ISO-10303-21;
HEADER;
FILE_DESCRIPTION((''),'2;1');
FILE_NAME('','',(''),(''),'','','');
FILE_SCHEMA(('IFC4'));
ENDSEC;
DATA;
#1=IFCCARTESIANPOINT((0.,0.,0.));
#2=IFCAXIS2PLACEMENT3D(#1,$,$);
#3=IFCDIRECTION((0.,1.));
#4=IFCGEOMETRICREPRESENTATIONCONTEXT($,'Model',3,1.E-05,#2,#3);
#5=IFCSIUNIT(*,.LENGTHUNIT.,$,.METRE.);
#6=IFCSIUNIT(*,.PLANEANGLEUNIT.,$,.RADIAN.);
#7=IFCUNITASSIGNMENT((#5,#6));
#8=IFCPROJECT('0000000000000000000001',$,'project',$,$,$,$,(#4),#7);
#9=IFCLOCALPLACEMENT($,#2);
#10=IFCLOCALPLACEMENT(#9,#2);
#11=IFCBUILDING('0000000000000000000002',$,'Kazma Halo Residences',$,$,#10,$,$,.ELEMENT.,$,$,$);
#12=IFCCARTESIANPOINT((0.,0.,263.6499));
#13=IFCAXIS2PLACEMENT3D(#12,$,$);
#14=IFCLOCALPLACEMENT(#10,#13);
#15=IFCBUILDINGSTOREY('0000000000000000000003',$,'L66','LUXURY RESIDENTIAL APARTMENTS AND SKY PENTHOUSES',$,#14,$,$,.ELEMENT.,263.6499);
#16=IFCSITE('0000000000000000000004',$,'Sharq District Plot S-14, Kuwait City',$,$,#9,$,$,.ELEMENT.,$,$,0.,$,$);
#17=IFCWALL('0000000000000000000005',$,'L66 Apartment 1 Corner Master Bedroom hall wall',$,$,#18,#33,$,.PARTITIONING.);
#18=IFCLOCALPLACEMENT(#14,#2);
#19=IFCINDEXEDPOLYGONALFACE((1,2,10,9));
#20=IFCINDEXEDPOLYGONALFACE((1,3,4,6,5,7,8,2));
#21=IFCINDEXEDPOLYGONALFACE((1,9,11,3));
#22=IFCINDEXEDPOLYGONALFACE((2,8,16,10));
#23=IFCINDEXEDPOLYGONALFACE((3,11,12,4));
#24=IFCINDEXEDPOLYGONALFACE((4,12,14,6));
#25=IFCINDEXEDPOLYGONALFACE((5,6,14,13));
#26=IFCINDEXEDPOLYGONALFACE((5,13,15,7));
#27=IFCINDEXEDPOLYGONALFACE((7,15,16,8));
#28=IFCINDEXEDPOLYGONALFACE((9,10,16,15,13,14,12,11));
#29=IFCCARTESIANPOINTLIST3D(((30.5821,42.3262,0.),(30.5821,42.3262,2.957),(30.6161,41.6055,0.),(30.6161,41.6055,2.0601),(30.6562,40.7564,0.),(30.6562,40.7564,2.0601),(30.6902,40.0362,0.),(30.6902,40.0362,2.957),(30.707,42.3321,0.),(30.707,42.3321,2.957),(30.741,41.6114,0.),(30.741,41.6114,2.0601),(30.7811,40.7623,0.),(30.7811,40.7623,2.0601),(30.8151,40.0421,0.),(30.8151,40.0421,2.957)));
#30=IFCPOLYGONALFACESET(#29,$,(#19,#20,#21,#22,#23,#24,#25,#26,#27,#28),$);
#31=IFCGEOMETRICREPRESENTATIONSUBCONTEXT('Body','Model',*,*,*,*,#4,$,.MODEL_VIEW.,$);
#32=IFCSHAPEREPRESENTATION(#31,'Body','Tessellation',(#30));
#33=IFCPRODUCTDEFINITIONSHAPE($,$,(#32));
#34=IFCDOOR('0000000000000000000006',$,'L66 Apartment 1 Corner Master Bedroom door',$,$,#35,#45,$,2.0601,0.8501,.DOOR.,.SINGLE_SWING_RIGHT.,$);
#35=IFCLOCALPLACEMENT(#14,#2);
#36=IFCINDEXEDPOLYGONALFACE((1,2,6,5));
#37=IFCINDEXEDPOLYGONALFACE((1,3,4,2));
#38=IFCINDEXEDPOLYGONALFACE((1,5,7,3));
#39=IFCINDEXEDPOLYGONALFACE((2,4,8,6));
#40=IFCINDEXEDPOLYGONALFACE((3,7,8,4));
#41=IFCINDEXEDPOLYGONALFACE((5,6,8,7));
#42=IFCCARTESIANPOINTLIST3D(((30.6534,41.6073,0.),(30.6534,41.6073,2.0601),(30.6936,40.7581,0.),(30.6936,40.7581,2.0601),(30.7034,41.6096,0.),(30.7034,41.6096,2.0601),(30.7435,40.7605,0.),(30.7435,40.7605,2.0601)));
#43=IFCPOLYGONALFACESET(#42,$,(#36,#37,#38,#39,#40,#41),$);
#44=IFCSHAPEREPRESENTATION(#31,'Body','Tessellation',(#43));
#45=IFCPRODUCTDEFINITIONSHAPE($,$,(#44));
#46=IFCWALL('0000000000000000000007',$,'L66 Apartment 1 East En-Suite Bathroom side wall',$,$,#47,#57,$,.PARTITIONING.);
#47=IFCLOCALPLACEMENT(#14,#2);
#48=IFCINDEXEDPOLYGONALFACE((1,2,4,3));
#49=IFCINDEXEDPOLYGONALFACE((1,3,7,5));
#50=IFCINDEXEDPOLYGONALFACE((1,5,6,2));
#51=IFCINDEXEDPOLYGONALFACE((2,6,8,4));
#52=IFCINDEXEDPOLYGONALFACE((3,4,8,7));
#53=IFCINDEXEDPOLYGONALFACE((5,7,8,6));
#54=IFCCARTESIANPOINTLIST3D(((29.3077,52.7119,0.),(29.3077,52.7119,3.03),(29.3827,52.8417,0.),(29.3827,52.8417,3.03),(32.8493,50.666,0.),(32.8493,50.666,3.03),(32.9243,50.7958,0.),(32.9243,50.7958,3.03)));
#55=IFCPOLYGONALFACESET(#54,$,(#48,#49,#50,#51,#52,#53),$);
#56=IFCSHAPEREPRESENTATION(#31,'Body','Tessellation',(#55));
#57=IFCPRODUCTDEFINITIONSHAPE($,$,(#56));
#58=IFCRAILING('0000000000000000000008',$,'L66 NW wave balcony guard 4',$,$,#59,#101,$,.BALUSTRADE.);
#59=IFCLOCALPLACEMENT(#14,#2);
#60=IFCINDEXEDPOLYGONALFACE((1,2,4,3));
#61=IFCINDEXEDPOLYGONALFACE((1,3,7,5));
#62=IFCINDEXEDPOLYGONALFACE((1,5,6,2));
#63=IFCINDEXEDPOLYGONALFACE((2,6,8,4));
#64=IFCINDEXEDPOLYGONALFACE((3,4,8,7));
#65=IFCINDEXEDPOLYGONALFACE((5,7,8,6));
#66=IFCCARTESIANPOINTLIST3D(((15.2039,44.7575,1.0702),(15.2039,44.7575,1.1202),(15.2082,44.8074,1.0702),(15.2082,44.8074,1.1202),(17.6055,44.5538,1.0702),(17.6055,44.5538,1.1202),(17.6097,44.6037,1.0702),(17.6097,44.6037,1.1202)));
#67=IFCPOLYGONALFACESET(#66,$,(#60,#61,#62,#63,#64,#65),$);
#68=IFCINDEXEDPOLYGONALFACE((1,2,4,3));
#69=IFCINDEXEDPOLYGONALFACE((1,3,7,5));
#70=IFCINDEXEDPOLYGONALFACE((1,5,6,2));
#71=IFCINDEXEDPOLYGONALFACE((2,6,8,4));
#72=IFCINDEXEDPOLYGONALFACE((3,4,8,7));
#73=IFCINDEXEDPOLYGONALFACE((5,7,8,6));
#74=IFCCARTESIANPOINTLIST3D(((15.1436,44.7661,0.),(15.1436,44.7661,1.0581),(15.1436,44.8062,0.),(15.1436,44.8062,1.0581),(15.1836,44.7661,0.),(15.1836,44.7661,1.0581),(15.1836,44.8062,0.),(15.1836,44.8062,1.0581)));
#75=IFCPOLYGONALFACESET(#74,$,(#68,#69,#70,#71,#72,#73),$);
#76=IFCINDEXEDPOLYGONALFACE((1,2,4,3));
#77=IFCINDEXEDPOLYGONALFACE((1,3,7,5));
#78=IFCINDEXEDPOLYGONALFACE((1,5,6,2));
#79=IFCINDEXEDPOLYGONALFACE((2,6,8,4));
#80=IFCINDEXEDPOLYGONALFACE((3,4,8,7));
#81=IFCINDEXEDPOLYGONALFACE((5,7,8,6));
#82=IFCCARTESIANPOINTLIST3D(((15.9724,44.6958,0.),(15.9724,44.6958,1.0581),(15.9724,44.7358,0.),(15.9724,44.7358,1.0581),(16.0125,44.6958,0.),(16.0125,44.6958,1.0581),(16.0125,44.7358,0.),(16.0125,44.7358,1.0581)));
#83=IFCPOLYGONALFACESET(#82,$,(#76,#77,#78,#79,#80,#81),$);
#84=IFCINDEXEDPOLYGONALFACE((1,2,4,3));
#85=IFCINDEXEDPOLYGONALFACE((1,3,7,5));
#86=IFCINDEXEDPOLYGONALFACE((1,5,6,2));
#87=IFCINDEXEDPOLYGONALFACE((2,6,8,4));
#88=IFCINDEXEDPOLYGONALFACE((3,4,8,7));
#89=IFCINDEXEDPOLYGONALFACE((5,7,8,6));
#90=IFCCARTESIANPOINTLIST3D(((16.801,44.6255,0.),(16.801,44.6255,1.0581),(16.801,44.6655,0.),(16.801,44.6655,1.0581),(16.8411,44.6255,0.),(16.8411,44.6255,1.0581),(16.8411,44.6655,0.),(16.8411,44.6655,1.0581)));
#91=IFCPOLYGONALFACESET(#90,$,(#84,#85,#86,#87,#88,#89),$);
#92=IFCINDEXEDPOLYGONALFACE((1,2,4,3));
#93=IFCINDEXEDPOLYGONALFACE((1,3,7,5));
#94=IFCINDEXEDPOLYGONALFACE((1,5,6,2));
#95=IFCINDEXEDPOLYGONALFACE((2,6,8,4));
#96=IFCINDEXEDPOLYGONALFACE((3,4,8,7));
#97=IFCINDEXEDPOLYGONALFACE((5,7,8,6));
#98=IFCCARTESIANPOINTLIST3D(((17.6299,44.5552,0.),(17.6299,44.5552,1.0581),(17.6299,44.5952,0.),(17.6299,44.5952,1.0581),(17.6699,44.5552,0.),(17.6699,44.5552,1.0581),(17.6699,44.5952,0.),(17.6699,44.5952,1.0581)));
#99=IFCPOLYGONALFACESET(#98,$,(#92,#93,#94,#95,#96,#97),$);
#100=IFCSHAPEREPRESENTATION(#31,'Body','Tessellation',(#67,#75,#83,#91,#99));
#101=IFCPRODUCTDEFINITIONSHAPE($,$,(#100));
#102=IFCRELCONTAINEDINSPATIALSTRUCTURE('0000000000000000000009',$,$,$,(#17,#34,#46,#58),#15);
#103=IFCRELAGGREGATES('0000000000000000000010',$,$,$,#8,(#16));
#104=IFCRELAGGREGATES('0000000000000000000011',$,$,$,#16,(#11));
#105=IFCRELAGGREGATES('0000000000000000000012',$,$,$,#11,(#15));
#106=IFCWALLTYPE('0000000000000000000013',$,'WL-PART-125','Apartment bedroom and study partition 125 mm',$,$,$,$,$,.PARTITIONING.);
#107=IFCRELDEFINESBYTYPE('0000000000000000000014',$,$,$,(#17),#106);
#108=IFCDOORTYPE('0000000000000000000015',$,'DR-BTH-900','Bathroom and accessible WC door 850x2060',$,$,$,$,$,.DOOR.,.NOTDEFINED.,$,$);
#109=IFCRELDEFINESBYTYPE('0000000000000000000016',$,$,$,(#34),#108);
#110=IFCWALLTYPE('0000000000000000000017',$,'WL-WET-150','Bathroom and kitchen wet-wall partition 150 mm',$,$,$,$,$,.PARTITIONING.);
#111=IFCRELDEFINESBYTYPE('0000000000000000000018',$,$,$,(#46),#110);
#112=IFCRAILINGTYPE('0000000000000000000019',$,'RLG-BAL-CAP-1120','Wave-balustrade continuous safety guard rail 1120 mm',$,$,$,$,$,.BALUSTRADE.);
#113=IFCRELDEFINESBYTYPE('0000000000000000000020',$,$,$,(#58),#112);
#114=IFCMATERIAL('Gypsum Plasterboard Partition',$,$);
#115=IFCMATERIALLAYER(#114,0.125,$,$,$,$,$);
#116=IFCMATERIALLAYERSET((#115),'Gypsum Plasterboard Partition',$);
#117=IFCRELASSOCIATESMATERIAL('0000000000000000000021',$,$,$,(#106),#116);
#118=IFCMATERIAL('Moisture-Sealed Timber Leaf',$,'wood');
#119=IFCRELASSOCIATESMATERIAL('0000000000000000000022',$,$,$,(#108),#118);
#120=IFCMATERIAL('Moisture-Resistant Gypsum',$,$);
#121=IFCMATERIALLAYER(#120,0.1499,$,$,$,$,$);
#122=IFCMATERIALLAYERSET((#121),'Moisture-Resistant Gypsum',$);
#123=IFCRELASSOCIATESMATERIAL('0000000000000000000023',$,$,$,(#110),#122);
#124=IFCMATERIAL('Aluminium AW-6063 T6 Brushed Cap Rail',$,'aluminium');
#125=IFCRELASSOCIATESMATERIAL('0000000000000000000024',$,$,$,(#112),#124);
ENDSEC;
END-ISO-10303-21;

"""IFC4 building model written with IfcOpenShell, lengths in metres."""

from ifc_helpers import new_model, si_unit, direction, frame, frame_2d, origin, origin_2d, place, context, subcontext, project, spatial, rectangle, extrude, material, layer, layer_set, type_object, element, fill, save


model = new_model("IFC4")

# Units and contexts
model_context = context("Model", 3, precision=1e-05, world=origin(), true_north=direction((0.0, 1.0)))
body_context = subcontext(model_context, "Body", "Model", "MODEL_VIEW")
ifc_project = project(units=[si_unit("LENGTHUNIT", "METRE"), si_unit("PLANEANGLEUNIT", "RADIAN")], contexts=[model_context])

# Site, building, storey
site_placement = place(None, origin())
site = spatial("IfcSite", under=ifc_project, at=site_placement, Name="Sharq District Plot S-14, Kuwait City", CompositionType="ELEMENT", RefElevation=0.0)
building_placement = place(site_placement, origin())
building = spatial("IfcBuilding", under=site, at=building_placement, Name="Kazma Halo Residences", CompositionType="ELEMENT")
storey_placement = place(building_placement, frame((0.0, 0.0, 263.6499)))
storey = spatial("IfcBuildingStorey", under=building, at=storey_placement, Name="L66", Description="LUXURY RESIDENTIAL APARTMENTS AND SKY PENTHOUSES", CompositionType="ELEMENT", Elevation=263.6499)

# Shared definitions
ifc_material_1 = material(Name="Gypsum Plasterboard Partition")
ifc_layer_1 = layer(ifc_material_1, 0.125)
ifc_layer_set_1 = layer_set([ifc_layer_1], Name="Gypsum Plasterboard Partition")
wall_type_1 = type_object("IfcWallType", Name="WL-PART-125", Description="Apartment bedroom and study partition 125 mm", PredefinedType="PARTITIONING", material=ifc_layer_set_1)

# Shared definitions
ifc_material_2 = material(Name="Moisture-Sealed Timber Leaf", Category="wood")
door_type = type_object("IfcDoorType", Name="DR-BTH-900", Description="Bathroom and accessible WC door 850x2060", OperationType="NOTDEFINED", PredefinedType="DOOR", material=ifc_material_2)

# Wall, opening, door
wall_1_placement = place(storey_placement, frame((30.6445, 42.3291, 0.0), z_axis=(0.0, 0.0, 1.0), x_axis=(0.047176, -0.998887, 0.0)))
wall_1 = element("IfcWall", 1, at=wall_1_placement, inside=storey, type_object=wall_type_1, Name="L66 Apartment 1 Corner Master Bedroom hall wall", PredefinedType="PARTITIONING", context=body_context, shape_type="SweptSolid", body=[
    extrude(rectangle(XDim=2.2925, YDim=0.125, at=frame_2d((1.1462, 0.0))), origin(), (0.0, 0.0, 1.0), 2.957),
])
opening_1_placement = place(wall_1_placement, frame((0.7214, 0.0, 0.0)))
opening_1 = element("IfcOpeningElement", 2, at=opening_1_placement, cuts=wall_1, PredefinedType="OPENING", context=body_context, shape_type="SweptSolid", body=[
    extrude(rectangle(XDim=0.8501, YDim=2.0601, at=frame_2d((0.425, 1.03))), frame((0.0, 0.0725, 0.0), z_axis=(0.0, -1.0, 0.0), x_axis=(1.0, 0.0, 0.0)), (0.0, 0.0, 1.0), 0.145),
])
door_1_placement = place(opening_1_placement, origin())
door_1 = element("IfcDoor", 3, at=door_1_placement, inside=storey, type_object=door_type, Name="L66 Apartment 1 Corner Master Bedroom door", OperationType="SINGLE_SWING_RIGHT", OverallHeight=2.0601, OverallWidth=0.8501, PredefinedType="DOOR", context=body_context, shape_type="SweptSolid", body=[
    extrude(rectangle(XDim=0.8501, YDim=2.0601, at=frame_2d((0.425, 1.03))), frame((0.0, 0.0249, 0.0), z_axis=(0.0, -1.0, 0.0), x_axis=(1.0, 0.0, 0.0)), (0.0, 0.0, 1.0), 0.05),
])
fill(opening_1, door_1)

# Wall
ifc_material_3 = material(Name="Moisture-Resistant Gypsum")
ifc_layer_2 = layer(ifc_material_3, 0.1499)
ifc_layer_set_2 = layer_set([ifc_layer_2], Name="Moisture-Resistant Gypsum")
wall_type_2 = type_object("IfcWallType", Name="WL-WET-150", Description="Bathroom and kitchen wet-wall partition 150 mm", PredefinedType="PARTITIONING", material=ifc_layer_set_2)
wall_2_placement = place(storey_placement, frame((32.8867, 50.731, 0.0), z_axis=(0.0, 0.0, 1.0), x_axis=(-0.865897, 0.500222, 0.0)))
element("IfcWall", 4, at=wall_2_placement, inside=storey, type_object=wall_type_2, Name="L66 Apartment 1 East En-Suite Bathroom side wall", PredefinedType="PARTITIONING", context=body_context, shape_type="SweptSolid", body=[
    extrude(rectangle(XDim=4.0901, YDim=0.1499, at=frame_2d((2.0449, 0.0))), origin(), (0.0, 0.0, 1.0), 3.03),
])

# Railing
ifc_material_4 = material(Name="Aluminium AW-6063 T6 Brushed Cap Rail", Category="aluminium")
railing_type = type_object("IfcRailingType", Name="RLG-BAL-CAP-1120", Description="Wave-balustrade continuous safety guard rail 1120 mm", PredefinedType="BALUSTRADE", material=ifc_material_4)
railing_placement = place(storey_placement, frame((15.1636, 44.7861, 0.0)))
element("IfcRailing", 5, at=railing_placement, inside=storey, type_object=railing_type, Name="L66 NW wave balcony guard 4", PredefinedType="BALUSTRADE", context=body_context, shape_type="SweptSolid", body=[
    extrude(rectangle(XDim=0.05, YDim=0.05, at=origin_2d()), frame((0.0425, -0.0037, 1.0952), z_axis=(0.99642, -0.084535, 0.0), x_axis=(0.084535, 0.99642, 0.0)), (0.0, 0.0, 1.0), 2.4102),
    extrude(rectangle(XDim=0.04, YDim=0.04, at=origin_2d()), origin(), (0.0, 0.0, 1.0), 1.0581),
    extrude(rectangle(XDim=0.04, YDim=0.04, at=origin_2d()), frame((0.8289, -0.0703, 0.0)), (0.0, 0.0, 1.0), 1.0581),
    extrude(rectangle(XDim=0.04, YDim=0.04, at=origin_2d()), frame((1.6575, -0.1406, 0.0)), (0.0, 0.0, 1.0), 1.0581),
    extrude(rectangle(XDim=0.04, YDim=0.04, at=origin_2d()), frame((2.4863, -0.2109, 0.0)), (0.0, 0.0, 1.0), 1.0581),
])

save(model, "model.ifc")
